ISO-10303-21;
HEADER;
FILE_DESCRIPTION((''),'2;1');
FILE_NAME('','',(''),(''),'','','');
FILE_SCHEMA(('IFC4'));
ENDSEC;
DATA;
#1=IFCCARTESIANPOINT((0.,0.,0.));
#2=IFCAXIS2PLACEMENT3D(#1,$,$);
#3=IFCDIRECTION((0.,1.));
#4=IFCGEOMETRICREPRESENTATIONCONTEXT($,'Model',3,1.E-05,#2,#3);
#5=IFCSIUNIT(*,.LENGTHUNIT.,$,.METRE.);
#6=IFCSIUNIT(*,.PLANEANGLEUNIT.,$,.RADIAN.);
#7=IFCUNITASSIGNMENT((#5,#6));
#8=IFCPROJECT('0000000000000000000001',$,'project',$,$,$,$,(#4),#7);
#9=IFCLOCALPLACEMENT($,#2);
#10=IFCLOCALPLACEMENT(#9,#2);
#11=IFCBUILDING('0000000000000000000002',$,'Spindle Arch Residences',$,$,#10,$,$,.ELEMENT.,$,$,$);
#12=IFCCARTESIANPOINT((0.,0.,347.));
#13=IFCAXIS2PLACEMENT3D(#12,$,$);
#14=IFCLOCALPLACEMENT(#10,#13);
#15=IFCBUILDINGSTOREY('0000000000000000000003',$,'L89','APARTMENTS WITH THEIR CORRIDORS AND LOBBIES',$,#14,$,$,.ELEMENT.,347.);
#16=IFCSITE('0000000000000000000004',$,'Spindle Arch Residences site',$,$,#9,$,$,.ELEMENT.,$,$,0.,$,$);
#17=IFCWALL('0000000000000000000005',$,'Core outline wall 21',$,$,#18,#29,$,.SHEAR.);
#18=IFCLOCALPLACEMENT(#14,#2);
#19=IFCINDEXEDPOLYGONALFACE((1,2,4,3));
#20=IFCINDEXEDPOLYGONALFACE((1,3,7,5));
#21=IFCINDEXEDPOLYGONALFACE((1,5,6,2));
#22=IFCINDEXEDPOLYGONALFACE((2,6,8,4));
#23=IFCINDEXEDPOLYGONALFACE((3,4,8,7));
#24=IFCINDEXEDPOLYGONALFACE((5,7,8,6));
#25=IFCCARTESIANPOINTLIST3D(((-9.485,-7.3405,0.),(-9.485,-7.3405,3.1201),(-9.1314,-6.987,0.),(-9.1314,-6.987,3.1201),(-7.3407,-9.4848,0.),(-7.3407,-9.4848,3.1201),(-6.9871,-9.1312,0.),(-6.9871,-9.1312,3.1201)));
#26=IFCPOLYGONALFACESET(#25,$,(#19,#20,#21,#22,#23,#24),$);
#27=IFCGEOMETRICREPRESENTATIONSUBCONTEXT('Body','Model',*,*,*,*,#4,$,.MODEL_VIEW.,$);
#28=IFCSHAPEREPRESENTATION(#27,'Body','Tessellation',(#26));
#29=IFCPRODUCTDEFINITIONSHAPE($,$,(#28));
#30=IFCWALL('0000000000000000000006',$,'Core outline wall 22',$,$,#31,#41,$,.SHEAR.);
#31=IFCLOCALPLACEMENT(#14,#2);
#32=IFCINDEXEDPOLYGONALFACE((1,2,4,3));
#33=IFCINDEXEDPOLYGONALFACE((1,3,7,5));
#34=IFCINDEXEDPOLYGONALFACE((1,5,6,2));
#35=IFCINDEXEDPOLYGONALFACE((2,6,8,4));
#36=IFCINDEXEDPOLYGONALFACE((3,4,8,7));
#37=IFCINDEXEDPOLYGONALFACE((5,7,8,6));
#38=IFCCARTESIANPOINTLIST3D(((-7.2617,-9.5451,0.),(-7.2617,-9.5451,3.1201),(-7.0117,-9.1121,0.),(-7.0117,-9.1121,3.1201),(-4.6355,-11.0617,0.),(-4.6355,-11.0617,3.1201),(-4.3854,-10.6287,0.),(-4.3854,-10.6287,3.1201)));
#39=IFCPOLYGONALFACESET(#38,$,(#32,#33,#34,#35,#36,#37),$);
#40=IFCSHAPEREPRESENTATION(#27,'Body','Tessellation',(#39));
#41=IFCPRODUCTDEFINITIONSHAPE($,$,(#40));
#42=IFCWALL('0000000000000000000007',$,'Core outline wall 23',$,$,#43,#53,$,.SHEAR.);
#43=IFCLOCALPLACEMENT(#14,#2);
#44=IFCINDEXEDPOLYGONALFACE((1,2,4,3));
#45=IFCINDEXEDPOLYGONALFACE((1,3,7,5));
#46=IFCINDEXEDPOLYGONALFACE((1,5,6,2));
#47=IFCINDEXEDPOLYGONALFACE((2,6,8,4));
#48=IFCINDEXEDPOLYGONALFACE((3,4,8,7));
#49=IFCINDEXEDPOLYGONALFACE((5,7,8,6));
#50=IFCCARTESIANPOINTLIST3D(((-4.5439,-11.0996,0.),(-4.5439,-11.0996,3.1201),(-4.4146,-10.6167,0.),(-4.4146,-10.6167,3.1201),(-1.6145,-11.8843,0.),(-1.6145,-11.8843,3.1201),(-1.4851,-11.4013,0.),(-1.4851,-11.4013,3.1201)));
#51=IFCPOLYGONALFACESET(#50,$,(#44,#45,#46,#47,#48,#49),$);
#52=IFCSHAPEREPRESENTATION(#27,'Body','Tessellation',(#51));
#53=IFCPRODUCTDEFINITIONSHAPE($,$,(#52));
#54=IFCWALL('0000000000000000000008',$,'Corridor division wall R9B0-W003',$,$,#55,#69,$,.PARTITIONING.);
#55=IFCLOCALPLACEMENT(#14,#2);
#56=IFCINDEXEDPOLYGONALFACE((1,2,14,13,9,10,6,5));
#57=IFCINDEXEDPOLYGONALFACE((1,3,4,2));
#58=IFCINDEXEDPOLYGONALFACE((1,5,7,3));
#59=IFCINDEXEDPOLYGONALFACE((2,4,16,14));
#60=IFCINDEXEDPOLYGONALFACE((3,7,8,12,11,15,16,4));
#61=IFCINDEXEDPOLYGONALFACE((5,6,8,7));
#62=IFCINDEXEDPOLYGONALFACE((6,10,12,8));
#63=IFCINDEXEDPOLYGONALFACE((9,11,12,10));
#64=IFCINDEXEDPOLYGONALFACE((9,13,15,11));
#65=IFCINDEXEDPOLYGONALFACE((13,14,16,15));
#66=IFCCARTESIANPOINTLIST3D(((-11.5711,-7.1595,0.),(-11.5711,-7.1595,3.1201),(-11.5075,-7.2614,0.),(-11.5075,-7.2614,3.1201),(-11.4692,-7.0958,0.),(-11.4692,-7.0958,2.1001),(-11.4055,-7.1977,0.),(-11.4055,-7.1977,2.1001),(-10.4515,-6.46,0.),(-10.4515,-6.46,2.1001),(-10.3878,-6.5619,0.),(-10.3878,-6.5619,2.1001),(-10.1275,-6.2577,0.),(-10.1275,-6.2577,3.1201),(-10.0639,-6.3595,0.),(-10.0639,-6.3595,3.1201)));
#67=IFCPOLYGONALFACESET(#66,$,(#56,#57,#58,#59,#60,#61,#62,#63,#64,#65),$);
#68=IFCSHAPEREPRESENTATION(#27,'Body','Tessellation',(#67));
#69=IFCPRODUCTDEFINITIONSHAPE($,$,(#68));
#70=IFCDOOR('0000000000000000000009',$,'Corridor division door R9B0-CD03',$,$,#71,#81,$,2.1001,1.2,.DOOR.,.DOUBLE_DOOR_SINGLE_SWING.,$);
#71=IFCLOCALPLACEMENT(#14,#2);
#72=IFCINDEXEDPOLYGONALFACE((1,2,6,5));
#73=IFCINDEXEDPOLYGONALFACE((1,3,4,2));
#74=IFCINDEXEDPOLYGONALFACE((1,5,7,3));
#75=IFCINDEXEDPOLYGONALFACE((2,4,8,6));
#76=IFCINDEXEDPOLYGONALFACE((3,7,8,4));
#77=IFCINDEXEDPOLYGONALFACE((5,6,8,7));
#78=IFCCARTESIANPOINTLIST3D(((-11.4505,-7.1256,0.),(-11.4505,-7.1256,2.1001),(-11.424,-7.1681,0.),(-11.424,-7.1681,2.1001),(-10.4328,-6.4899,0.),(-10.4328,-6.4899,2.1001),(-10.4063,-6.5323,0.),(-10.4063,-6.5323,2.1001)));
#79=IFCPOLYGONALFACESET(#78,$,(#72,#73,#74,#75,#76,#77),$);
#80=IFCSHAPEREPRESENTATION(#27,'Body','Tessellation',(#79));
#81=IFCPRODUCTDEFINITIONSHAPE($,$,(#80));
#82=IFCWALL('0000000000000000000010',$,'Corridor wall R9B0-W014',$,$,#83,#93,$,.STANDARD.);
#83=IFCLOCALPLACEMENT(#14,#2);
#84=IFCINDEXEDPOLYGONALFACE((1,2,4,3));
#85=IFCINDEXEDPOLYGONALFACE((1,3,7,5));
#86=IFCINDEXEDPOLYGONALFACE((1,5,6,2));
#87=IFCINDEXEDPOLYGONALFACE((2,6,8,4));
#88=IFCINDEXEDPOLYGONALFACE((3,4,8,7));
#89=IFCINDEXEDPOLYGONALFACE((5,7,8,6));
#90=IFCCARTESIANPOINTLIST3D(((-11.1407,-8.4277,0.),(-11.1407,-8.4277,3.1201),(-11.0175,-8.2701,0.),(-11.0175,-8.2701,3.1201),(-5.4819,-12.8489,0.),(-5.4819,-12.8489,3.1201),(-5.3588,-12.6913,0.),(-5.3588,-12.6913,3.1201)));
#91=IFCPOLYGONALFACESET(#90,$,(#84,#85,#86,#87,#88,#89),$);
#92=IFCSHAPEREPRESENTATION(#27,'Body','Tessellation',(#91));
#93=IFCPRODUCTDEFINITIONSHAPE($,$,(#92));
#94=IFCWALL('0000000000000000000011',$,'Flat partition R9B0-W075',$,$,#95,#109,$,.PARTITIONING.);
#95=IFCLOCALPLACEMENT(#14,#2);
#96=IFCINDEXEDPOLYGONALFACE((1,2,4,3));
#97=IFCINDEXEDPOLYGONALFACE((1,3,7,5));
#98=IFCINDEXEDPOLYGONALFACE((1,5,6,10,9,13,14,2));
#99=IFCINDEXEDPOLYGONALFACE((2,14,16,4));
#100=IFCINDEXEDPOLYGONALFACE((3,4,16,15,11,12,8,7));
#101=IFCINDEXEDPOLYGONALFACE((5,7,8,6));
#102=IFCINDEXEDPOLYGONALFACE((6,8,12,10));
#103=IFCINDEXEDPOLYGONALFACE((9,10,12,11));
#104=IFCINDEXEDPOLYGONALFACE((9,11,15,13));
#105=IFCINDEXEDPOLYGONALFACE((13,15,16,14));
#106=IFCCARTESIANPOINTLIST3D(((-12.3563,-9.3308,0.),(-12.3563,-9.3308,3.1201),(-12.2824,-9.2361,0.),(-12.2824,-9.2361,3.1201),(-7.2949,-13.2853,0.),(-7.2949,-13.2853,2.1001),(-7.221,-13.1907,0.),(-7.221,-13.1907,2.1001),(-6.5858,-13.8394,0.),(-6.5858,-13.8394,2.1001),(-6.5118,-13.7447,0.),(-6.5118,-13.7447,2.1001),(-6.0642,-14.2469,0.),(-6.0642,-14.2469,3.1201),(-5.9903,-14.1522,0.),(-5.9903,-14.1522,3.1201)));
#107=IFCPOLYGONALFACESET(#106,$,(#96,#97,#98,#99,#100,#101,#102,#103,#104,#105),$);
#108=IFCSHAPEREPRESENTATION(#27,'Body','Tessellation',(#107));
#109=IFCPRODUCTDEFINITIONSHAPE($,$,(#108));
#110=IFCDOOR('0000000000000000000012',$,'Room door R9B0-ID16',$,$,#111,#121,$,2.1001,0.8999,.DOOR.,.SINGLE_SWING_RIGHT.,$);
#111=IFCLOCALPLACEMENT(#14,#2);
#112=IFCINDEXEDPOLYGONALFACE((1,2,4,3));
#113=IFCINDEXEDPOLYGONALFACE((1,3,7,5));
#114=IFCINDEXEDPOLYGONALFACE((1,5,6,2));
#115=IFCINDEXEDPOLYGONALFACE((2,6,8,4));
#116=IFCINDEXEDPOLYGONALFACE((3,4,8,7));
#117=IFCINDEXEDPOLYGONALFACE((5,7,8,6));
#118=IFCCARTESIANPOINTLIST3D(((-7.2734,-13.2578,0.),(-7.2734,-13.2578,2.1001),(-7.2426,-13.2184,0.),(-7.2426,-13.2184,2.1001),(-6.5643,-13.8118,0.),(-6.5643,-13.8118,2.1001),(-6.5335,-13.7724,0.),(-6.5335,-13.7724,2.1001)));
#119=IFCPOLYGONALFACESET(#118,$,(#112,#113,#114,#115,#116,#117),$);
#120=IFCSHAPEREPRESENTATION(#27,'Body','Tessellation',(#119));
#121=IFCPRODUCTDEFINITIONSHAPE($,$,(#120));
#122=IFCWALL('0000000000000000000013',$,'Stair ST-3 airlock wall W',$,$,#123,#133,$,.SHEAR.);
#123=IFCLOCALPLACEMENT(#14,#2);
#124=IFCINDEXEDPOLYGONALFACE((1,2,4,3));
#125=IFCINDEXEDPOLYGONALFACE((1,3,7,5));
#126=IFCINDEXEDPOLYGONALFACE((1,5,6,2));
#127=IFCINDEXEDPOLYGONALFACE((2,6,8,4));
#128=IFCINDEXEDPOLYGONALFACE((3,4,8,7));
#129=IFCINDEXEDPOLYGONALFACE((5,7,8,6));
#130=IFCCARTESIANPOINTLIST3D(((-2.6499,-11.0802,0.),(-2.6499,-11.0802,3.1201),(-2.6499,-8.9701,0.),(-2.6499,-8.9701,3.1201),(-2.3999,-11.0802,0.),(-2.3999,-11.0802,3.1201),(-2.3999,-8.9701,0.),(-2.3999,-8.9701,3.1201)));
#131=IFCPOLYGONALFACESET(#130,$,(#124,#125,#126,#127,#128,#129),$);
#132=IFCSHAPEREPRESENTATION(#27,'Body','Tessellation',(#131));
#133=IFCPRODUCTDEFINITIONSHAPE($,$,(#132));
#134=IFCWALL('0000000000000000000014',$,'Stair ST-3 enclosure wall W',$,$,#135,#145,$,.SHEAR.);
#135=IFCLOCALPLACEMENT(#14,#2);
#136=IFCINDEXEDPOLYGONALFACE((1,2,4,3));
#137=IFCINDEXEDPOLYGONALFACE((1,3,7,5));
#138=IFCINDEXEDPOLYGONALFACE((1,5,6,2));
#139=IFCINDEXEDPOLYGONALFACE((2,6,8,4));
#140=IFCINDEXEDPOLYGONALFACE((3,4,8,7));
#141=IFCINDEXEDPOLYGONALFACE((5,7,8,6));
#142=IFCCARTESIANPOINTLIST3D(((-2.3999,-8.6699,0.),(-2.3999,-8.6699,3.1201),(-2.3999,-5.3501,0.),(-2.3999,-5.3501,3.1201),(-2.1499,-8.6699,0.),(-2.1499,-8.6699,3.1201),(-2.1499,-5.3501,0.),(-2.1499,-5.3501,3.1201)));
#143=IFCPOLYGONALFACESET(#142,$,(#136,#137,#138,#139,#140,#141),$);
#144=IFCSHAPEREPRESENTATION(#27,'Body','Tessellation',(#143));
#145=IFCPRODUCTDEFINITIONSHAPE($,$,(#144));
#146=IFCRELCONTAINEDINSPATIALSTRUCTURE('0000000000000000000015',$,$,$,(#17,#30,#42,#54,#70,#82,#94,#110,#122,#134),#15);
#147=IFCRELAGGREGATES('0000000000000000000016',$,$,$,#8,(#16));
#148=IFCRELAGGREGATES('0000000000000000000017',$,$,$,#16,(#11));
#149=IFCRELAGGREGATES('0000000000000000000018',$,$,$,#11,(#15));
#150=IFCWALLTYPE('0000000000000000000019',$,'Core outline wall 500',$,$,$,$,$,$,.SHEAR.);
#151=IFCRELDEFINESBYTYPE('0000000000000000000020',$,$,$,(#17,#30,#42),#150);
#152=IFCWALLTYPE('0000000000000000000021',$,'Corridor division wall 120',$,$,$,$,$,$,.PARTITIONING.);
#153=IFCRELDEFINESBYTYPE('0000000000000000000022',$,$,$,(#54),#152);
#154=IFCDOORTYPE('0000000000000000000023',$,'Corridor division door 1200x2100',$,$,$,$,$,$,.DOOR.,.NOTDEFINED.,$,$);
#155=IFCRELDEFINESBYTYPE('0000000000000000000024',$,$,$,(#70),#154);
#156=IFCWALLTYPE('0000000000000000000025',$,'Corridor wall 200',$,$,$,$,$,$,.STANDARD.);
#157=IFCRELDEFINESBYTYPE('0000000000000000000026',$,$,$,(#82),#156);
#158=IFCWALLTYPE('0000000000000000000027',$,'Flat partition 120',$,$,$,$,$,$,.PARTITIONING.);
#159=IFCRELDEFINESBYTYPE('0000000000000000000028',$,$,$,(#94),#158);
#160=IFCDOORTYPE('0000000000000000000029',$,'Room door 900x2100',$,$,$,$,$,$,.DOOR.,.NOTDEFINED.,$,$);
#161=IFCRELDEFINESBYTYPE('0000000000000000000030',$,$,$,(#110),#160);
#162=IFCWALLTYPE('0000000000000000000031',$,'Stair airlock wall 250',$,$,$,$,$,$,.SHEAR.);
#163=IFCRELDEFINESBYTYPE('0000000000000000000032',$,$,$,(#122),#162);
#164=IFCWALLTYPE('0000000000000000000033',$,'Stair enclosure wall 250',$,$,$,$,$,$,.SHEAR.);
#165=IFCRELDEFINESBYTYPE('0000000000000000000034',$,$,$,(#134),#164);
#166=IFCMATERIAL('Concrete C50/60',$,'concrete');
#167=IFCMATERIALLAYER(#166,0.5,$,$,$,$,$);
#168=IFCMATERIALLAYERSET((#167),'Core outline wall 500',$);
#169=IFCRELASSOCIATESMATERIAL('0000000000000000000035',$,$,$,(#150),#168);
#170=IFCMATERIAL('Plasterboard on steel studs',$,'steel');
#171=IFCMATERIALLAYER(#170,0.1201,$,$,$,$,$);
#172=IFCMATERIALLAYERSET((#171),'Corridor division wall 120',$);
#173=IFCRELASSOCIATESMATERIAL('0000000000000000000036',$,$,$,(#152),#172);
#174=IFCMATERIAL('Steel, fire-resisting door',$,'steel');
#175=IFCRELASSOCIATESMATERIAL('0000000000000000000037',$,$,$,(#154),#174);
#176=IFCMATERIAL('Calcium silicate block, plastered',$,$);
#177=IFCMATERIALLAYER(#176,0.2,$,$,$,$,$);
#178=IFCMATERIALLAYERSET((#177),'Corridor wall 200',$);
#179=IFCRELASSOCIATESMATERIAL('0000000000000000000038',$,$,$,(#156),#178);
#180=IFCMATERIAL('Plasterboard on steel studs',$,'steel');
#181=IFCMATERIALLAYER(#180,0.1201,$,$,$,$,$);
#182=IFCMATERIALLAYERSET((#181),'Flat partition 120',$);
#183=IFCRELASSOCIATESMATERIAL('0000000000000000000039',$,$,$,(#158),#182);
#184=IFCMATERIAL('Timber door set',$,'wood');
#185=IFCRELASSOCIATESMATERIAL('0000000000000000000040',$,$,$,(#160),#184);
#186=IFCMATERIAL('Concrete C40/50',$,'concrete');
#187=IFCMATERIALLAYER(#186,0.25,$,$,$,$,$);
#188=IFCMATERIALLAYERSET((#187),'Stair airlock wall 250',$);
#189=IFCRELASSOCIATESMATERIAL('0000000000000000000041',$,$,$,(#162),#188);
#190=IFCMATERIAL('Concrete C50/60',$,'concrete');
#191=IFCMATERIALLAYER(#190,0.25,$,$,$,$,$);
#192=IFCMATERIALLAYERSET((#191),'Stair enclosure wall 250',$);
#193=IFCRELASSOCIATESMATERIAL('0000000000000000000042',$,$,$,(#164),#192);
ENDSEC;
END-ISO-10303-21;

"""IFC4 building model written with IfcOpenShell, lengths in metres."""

from ifc_helpers import new_model, si_unit, direction, frame, frame_2d, origin, place, context, subcontext, project, spatial, rectangle, extrude, material, layer, layer_set, type_object, element, fill, save


model = new_model("IFC4")

# Units and contexts
model_context = context("Model", 3, precision=1e-05, world=origin(), true_north=direction((0.0, 1.0)))
body_context = subcontext(model_context, "Body", "Model", "MODEL_VIEW")
ifc_project = project(units=[si_unit("LENGTHUNIT", "METRE"), si_unit("PLANEANGLEUNIT", "RADIAN")], contexts=[model_context])

# Site, building, storey
site_placement = place(None, origin())
site = spatial("IfcSite", under=ifc_project, at=site_placement, Name="Spindle Arch Residences site", CompositionType="ELEMENT", RefElevation=0.0)
building_placement = place(site_placement, origin())
building = spatial("IfcBuilding", under=site, at=building_placement, Name="Spindle Arch Residences", CompositionType="ELEMENT")
storey_placement = place(building_placement, frame((0.0, 0.0, 347.0)))
storey = spatial("IfcBuildingStorey", under=building, at=storey_placement, Name="L89", Description="APARTMENTS WITH THEIR CORRIDORS AND LOBBIES", CompositionType="ELEMENT", Elevation=347.0)

# Walls
ifc_material_1 = material(Name="Concrete C50/60", Category="concrete")
ifc_layer_1 = layer(ifc_material_1, 0.5)
ifc_layer_set_1 = layer_set([ifc_layer_1], Name="Core outline wall 500")
wall_type_1 = type_object("IfcWallType", Name="Core outline wall 500", PredefinedType="SHEAR", material=ifc_layer_set_1)
wall_1_placement = place(storey_placement, frame((-9.3081, -7.1638, 0.0), z_axis=(0.0, 0.0, 1.0), x_axis=(0.707107, -0.707107, 0.0)))
element("IfcWall", 1, at=wall_1_placement, inside=storey, type_object=wall_type_1, Name="Core outline wall 21", PredefinedType="SHEAR", context=body_context, shape_type="SweptSolid", body=[
    extrude(rectangle(XDim=3.0325, YDim=0.5, at=frame_2d((1.5161, 0.0))), origin(), (0.0, 0.0, 1.0), 3.1201),
])
for number, where, z_axis, x_axis, name in (
    (2, (-7.1367, -9.3286, 0.0), (0.0, 0.0, 1.0), (0.865975, -0.500087, 0.0), "Core outline wall 22"),
    (3, (-4.4792, -10.8582, 0.0), (0.0, 0.0, 1.0), (0.965948, -0.258735, 0.0), "Core outline wall 23"),
):
    element("IfcWall", number, at=place(storey_placement, frame(where, z_axis=z_axis, x_axis=x_axis)), inside=storey, type_object=wall_type_1, Name=name, PredefinedType="SHEAR", context=body_context, shape_type="SweptSolid", body=[
        extrude(rectangle(XDim=3.0327, YDim=0.5, at=frame_2d((1.5164, 0.0))), origin(), (0.0, 0.0, 1.0), 3.1201),
    ])

# Wall, opening, door
ifc_material_2 = material(Name="Plasterboard on steel studs", Category="steel")
ifc_layer_2 = layer(ifc_material_2, 0.1201)
ifc_layer_set_2 = layer_set([ifc_layer_2], Name="Corridor division wall 120")
wall_type_2 = type_object("IfcWallType", Name="Corridor division wall 120", PredefinedType="PARTITIONING", material=ifc_layer_set_2)
wall_2_placement = place(storey_placement, frame((-11.5393, -7.2104, 0.0), z_axis=(0.0, 0.0, 1.0), x_axis=(0.848103, 0.529831, 0.0)))
wall_2 = element("IfcWall", 4, at=wall_2_placement, inside=storey, type_object=wall_type_2, Name="Corridor division wall R9B0-W003", PredefinedType="PARTITIONING", context=body_context, shape_type="SweptSolid", body=[
    extrude(rectangle(XDim=1.7021, YDim=0.1201, at=frame_2d((0.8511, 0.0))), origin(), (0.0, 0.0, 1.0), 3.1201),
])
opening_1_placement = place(wall_2_placement, frame((0.1201, 0.0, 0.0)))
opening_1 = element("IfcOpeningElement", 5, at=opening_1_placement, cuts=wall_2, PredefinedType="OPENING", context=body_context, shape_type="SweptSolid", body=[
    extrude(rectangle(XDim=1.2, YDim=2.1001, at=frame_2d((0.6001, 1.05))), frame((0.0, 0.0701, 0.0), z_axis=(0.0, -1.0, 0.0), x_axis=(1.0, 0.0, 0.0)), (0.0, 0.0, 1.0), 0.1401),
])
ifc_material_3 = material(Name="Steel, fire-resisting door", Category="steel")
door_type_1 = type_object("IfcDoorType", Name="Corridor division door 1200x2100", OperationType="NOTDEFINED", PredefinedType="DOOR", material=ifc_material_3)
door_1_placement = place(opening_1_placement, origin())
door_1 = element("IfcDoor", 6, at=door_1_placement, inside=storey, type_object=door_type_1, Name="Corridor division door R9B0-CD03", OperationType="DOUBLE_DOOR_SINGLE_SWING", OverallHeight=2.1001, OverallWidth=1.2, PredefinedType="DOOR", context=body_context, shape_type="SweptSolid", body=[
    extrude(rectangle(XDim=1.2, YDim=2.1001, at=frame_2d((0.6001, 1.05))), frame((0.0, 0.0249, 0.0), z_axis=(0.0, -1.0, 0.0), x_axis=(1.0, 0.0, 0.0)), (0.0, 0.0, 1.0), 0.05),
])
fill(opening_1, door_1)

# Wall
ifc_material_4 = material(Name="Calcium silicate block, plastered")
ifc_layer_3 = layer(ifc_material_4, 0.2)
ifc_layer_set_3 = layer_set([ifc_layer_3], Name="Corridor wall 200")
wall_type_3 = type_object("IfcWallType", Name="Corridor wall 200", PredefinedType="STANDARD", material=ifc_layer_set_3)
wall_3_placement = place(storey_placement, frame((-11.0791, -8.3489, 0.0), z_axis=(0.0, 0.0, 1.0), x_axis=(0.788005, -0.615669, 0.0)))
element("IfcWall", 7, at=wall_3_placement, inside=storey, type_object=wall_type_3, Name="Corridor wall R9B0-W014", PredefinedType="STANDARD", context=body_context, shape_type="SweptSolid", body=[
    extrude(rectangle(XDim=7.1812, YDim=0.2, at=frame_2d((3.5906, 0.0))), origin(), (0.0, 0.0, 1.0), 3.1201),
])

# Wall, opening, door
ifc_material_5 = material(Name="Plasterboard on steel studs", Category="steel")
ifc_layer_4 = layer(ifc_material_5, 0.1201)
ifc_layer_set_4 = layer_set([ifc_layer_4], Name="Flat partition 120")
wall_type_4 = type_object("IfcWallType", Name="Flat partition 120", PredefinedType="PARTITIONING", material=ifc_layer_set_4)
wall_4_placement = place(storey_placement, frame((-12.3193, -9.2834, 0.0), z_axis=(0.0, 0.0, 1.0), x_axis=(0.788, -0.615675, 0.0)))
wall_4 = element("IfcWall", 8, at=wall_4_placement, inside=storey, type_object=wall_type_4, Name="Flat partition R9B0-W075", PredefinedType="PARTITIONING", context=body_context, shape_type="SweptSolid", body=[
    extrude(rectangle(XDim=7.9849, YDim=0.1201, at=frame_2d((3.9924, 0.0))), origin(), (0.0, 0.0, 1.0), 3.1201),
])
opening_2_placement = place(wall_4_placement, frame((6.4231, 0.0, 0.0)))
opening_2 = element("IfcOpeningElement", 9, at=opening_2_placement, cuts=wall_4, PredefinedType="OPENING", context=body_context, shape_type="SweptSolid", body=[
    extrude(rectangle(XDim=0.8999, YDim=2.1001, at=frame_2d((0.45, 1.05))), frame((0.0, 0.0701, 0.0), z_axis=(0.0, -1.0, 0.0), x_axis=(1.0, 0.0, 0.0)), (0.0, 0.0, 1.0), 0.1401),
])
ifc_material_6 = material(Name="Timber door set", Category="wood")
door_type_2 = type_object("IfcDoorType", Name="Room door 900x2100", OperationType="NOTDEFINED", PredefinedType="DOOR", material=ifc_material_6)
door_2_placement = place(opening_2_placement, origin())
door_2 = element("IfcDoor", 10, at=door_2_placement, inside=storey, type_object=door_type_2, Name="Room door R9B0-ID16", OperationType="SINGLE_SWING_RIGHT", OverallHeight=2.1001, OverallWidth=0.8999, PredefinedType="DOOR", context=body_context, shape_type="SweptSolid", body=[
    extrude(rectangle(XDim=0.8999, YDim=2.1001, at=frame_2d((0.45, 1.05))), frame((0.0, 0.0249, 0.0), z_axis=(0.0, -1.0, 0.0), x_axis=(1.0, 0.0, 0.0)), (0.0, 0.0, 1.0), 0.05),
])
fill(opening_2, door_2)

# Walls
ifc_material_7 = material(Name="Concrete C40/50", Category="concrete")
ifc_layer_5 = layer(ifc_material_7, 0.25)
ifc_layer_set_5 = layer_set([ifc_layer_5], Name="Stair airlock wall 250")
wall_type_5 = type_object("IfcWallType", Name="Stair airlock wall 250", PredefinedType="SHEAR", material=ifc_layer_set_5)
wall_5_placement = place(storey_placement, frame((-2.5249, -8.97, 0.0), z_axis=(0.0, 0.0, 1.0), x_axis=(0.0, -1.0, 0.0)))
element("IfcWall", 11, at=wall_5_placement, inside=storey, type_object=wall_type_5, Name="Stair ST-3 airlock wall W", PredefinedType="SHEAR", context=body_context, shape_type="SweptSolid", body=[
    extrude(rectangle(XDim=2.1101, YDim=0.25, at=frame_2d((1.0552, 0.0))), origin(), (0.0, 0.0, 1.0), 3.1201),
])
ifc_material_8 = material(Name="Concrete C50/60", Category="concrete")
ifc_layer_6 = layer(ifc_material_8, 0.25)
ifc_layer_set_6 = layer_set([ifc_layer_6], Name="Stair enclosure wall 250")
wall_type_6 = type_object("IfcWallType", Name="Stair enclosure wall 250", PredefinedType="SHEAR", material=ifc_layer_set_6)
wall_6_placement = place(storey_placement, frame((-2.2749, -8.6699, 0.0), z_axis=(0.0, 0.0, 1.0), x_axis=(0.0, 1.0, 0.0)))
element("IfcWall", 12, at=wall_6_placement, inside=storey, type_object=wall_type_6, Name="Stair ST-3 enclosure wall W", PredefinedType="SHEAR", context=body_context, shape_type="SweptSolid", body=[
    extrude(rectangle(XDim=3.3198, YDim=0.25, at=frame_2d((1.6599, 0.0))), origin(), (0.0, 0.0, 1.0), 3.1201),
])

save(model, "model.ifc")
